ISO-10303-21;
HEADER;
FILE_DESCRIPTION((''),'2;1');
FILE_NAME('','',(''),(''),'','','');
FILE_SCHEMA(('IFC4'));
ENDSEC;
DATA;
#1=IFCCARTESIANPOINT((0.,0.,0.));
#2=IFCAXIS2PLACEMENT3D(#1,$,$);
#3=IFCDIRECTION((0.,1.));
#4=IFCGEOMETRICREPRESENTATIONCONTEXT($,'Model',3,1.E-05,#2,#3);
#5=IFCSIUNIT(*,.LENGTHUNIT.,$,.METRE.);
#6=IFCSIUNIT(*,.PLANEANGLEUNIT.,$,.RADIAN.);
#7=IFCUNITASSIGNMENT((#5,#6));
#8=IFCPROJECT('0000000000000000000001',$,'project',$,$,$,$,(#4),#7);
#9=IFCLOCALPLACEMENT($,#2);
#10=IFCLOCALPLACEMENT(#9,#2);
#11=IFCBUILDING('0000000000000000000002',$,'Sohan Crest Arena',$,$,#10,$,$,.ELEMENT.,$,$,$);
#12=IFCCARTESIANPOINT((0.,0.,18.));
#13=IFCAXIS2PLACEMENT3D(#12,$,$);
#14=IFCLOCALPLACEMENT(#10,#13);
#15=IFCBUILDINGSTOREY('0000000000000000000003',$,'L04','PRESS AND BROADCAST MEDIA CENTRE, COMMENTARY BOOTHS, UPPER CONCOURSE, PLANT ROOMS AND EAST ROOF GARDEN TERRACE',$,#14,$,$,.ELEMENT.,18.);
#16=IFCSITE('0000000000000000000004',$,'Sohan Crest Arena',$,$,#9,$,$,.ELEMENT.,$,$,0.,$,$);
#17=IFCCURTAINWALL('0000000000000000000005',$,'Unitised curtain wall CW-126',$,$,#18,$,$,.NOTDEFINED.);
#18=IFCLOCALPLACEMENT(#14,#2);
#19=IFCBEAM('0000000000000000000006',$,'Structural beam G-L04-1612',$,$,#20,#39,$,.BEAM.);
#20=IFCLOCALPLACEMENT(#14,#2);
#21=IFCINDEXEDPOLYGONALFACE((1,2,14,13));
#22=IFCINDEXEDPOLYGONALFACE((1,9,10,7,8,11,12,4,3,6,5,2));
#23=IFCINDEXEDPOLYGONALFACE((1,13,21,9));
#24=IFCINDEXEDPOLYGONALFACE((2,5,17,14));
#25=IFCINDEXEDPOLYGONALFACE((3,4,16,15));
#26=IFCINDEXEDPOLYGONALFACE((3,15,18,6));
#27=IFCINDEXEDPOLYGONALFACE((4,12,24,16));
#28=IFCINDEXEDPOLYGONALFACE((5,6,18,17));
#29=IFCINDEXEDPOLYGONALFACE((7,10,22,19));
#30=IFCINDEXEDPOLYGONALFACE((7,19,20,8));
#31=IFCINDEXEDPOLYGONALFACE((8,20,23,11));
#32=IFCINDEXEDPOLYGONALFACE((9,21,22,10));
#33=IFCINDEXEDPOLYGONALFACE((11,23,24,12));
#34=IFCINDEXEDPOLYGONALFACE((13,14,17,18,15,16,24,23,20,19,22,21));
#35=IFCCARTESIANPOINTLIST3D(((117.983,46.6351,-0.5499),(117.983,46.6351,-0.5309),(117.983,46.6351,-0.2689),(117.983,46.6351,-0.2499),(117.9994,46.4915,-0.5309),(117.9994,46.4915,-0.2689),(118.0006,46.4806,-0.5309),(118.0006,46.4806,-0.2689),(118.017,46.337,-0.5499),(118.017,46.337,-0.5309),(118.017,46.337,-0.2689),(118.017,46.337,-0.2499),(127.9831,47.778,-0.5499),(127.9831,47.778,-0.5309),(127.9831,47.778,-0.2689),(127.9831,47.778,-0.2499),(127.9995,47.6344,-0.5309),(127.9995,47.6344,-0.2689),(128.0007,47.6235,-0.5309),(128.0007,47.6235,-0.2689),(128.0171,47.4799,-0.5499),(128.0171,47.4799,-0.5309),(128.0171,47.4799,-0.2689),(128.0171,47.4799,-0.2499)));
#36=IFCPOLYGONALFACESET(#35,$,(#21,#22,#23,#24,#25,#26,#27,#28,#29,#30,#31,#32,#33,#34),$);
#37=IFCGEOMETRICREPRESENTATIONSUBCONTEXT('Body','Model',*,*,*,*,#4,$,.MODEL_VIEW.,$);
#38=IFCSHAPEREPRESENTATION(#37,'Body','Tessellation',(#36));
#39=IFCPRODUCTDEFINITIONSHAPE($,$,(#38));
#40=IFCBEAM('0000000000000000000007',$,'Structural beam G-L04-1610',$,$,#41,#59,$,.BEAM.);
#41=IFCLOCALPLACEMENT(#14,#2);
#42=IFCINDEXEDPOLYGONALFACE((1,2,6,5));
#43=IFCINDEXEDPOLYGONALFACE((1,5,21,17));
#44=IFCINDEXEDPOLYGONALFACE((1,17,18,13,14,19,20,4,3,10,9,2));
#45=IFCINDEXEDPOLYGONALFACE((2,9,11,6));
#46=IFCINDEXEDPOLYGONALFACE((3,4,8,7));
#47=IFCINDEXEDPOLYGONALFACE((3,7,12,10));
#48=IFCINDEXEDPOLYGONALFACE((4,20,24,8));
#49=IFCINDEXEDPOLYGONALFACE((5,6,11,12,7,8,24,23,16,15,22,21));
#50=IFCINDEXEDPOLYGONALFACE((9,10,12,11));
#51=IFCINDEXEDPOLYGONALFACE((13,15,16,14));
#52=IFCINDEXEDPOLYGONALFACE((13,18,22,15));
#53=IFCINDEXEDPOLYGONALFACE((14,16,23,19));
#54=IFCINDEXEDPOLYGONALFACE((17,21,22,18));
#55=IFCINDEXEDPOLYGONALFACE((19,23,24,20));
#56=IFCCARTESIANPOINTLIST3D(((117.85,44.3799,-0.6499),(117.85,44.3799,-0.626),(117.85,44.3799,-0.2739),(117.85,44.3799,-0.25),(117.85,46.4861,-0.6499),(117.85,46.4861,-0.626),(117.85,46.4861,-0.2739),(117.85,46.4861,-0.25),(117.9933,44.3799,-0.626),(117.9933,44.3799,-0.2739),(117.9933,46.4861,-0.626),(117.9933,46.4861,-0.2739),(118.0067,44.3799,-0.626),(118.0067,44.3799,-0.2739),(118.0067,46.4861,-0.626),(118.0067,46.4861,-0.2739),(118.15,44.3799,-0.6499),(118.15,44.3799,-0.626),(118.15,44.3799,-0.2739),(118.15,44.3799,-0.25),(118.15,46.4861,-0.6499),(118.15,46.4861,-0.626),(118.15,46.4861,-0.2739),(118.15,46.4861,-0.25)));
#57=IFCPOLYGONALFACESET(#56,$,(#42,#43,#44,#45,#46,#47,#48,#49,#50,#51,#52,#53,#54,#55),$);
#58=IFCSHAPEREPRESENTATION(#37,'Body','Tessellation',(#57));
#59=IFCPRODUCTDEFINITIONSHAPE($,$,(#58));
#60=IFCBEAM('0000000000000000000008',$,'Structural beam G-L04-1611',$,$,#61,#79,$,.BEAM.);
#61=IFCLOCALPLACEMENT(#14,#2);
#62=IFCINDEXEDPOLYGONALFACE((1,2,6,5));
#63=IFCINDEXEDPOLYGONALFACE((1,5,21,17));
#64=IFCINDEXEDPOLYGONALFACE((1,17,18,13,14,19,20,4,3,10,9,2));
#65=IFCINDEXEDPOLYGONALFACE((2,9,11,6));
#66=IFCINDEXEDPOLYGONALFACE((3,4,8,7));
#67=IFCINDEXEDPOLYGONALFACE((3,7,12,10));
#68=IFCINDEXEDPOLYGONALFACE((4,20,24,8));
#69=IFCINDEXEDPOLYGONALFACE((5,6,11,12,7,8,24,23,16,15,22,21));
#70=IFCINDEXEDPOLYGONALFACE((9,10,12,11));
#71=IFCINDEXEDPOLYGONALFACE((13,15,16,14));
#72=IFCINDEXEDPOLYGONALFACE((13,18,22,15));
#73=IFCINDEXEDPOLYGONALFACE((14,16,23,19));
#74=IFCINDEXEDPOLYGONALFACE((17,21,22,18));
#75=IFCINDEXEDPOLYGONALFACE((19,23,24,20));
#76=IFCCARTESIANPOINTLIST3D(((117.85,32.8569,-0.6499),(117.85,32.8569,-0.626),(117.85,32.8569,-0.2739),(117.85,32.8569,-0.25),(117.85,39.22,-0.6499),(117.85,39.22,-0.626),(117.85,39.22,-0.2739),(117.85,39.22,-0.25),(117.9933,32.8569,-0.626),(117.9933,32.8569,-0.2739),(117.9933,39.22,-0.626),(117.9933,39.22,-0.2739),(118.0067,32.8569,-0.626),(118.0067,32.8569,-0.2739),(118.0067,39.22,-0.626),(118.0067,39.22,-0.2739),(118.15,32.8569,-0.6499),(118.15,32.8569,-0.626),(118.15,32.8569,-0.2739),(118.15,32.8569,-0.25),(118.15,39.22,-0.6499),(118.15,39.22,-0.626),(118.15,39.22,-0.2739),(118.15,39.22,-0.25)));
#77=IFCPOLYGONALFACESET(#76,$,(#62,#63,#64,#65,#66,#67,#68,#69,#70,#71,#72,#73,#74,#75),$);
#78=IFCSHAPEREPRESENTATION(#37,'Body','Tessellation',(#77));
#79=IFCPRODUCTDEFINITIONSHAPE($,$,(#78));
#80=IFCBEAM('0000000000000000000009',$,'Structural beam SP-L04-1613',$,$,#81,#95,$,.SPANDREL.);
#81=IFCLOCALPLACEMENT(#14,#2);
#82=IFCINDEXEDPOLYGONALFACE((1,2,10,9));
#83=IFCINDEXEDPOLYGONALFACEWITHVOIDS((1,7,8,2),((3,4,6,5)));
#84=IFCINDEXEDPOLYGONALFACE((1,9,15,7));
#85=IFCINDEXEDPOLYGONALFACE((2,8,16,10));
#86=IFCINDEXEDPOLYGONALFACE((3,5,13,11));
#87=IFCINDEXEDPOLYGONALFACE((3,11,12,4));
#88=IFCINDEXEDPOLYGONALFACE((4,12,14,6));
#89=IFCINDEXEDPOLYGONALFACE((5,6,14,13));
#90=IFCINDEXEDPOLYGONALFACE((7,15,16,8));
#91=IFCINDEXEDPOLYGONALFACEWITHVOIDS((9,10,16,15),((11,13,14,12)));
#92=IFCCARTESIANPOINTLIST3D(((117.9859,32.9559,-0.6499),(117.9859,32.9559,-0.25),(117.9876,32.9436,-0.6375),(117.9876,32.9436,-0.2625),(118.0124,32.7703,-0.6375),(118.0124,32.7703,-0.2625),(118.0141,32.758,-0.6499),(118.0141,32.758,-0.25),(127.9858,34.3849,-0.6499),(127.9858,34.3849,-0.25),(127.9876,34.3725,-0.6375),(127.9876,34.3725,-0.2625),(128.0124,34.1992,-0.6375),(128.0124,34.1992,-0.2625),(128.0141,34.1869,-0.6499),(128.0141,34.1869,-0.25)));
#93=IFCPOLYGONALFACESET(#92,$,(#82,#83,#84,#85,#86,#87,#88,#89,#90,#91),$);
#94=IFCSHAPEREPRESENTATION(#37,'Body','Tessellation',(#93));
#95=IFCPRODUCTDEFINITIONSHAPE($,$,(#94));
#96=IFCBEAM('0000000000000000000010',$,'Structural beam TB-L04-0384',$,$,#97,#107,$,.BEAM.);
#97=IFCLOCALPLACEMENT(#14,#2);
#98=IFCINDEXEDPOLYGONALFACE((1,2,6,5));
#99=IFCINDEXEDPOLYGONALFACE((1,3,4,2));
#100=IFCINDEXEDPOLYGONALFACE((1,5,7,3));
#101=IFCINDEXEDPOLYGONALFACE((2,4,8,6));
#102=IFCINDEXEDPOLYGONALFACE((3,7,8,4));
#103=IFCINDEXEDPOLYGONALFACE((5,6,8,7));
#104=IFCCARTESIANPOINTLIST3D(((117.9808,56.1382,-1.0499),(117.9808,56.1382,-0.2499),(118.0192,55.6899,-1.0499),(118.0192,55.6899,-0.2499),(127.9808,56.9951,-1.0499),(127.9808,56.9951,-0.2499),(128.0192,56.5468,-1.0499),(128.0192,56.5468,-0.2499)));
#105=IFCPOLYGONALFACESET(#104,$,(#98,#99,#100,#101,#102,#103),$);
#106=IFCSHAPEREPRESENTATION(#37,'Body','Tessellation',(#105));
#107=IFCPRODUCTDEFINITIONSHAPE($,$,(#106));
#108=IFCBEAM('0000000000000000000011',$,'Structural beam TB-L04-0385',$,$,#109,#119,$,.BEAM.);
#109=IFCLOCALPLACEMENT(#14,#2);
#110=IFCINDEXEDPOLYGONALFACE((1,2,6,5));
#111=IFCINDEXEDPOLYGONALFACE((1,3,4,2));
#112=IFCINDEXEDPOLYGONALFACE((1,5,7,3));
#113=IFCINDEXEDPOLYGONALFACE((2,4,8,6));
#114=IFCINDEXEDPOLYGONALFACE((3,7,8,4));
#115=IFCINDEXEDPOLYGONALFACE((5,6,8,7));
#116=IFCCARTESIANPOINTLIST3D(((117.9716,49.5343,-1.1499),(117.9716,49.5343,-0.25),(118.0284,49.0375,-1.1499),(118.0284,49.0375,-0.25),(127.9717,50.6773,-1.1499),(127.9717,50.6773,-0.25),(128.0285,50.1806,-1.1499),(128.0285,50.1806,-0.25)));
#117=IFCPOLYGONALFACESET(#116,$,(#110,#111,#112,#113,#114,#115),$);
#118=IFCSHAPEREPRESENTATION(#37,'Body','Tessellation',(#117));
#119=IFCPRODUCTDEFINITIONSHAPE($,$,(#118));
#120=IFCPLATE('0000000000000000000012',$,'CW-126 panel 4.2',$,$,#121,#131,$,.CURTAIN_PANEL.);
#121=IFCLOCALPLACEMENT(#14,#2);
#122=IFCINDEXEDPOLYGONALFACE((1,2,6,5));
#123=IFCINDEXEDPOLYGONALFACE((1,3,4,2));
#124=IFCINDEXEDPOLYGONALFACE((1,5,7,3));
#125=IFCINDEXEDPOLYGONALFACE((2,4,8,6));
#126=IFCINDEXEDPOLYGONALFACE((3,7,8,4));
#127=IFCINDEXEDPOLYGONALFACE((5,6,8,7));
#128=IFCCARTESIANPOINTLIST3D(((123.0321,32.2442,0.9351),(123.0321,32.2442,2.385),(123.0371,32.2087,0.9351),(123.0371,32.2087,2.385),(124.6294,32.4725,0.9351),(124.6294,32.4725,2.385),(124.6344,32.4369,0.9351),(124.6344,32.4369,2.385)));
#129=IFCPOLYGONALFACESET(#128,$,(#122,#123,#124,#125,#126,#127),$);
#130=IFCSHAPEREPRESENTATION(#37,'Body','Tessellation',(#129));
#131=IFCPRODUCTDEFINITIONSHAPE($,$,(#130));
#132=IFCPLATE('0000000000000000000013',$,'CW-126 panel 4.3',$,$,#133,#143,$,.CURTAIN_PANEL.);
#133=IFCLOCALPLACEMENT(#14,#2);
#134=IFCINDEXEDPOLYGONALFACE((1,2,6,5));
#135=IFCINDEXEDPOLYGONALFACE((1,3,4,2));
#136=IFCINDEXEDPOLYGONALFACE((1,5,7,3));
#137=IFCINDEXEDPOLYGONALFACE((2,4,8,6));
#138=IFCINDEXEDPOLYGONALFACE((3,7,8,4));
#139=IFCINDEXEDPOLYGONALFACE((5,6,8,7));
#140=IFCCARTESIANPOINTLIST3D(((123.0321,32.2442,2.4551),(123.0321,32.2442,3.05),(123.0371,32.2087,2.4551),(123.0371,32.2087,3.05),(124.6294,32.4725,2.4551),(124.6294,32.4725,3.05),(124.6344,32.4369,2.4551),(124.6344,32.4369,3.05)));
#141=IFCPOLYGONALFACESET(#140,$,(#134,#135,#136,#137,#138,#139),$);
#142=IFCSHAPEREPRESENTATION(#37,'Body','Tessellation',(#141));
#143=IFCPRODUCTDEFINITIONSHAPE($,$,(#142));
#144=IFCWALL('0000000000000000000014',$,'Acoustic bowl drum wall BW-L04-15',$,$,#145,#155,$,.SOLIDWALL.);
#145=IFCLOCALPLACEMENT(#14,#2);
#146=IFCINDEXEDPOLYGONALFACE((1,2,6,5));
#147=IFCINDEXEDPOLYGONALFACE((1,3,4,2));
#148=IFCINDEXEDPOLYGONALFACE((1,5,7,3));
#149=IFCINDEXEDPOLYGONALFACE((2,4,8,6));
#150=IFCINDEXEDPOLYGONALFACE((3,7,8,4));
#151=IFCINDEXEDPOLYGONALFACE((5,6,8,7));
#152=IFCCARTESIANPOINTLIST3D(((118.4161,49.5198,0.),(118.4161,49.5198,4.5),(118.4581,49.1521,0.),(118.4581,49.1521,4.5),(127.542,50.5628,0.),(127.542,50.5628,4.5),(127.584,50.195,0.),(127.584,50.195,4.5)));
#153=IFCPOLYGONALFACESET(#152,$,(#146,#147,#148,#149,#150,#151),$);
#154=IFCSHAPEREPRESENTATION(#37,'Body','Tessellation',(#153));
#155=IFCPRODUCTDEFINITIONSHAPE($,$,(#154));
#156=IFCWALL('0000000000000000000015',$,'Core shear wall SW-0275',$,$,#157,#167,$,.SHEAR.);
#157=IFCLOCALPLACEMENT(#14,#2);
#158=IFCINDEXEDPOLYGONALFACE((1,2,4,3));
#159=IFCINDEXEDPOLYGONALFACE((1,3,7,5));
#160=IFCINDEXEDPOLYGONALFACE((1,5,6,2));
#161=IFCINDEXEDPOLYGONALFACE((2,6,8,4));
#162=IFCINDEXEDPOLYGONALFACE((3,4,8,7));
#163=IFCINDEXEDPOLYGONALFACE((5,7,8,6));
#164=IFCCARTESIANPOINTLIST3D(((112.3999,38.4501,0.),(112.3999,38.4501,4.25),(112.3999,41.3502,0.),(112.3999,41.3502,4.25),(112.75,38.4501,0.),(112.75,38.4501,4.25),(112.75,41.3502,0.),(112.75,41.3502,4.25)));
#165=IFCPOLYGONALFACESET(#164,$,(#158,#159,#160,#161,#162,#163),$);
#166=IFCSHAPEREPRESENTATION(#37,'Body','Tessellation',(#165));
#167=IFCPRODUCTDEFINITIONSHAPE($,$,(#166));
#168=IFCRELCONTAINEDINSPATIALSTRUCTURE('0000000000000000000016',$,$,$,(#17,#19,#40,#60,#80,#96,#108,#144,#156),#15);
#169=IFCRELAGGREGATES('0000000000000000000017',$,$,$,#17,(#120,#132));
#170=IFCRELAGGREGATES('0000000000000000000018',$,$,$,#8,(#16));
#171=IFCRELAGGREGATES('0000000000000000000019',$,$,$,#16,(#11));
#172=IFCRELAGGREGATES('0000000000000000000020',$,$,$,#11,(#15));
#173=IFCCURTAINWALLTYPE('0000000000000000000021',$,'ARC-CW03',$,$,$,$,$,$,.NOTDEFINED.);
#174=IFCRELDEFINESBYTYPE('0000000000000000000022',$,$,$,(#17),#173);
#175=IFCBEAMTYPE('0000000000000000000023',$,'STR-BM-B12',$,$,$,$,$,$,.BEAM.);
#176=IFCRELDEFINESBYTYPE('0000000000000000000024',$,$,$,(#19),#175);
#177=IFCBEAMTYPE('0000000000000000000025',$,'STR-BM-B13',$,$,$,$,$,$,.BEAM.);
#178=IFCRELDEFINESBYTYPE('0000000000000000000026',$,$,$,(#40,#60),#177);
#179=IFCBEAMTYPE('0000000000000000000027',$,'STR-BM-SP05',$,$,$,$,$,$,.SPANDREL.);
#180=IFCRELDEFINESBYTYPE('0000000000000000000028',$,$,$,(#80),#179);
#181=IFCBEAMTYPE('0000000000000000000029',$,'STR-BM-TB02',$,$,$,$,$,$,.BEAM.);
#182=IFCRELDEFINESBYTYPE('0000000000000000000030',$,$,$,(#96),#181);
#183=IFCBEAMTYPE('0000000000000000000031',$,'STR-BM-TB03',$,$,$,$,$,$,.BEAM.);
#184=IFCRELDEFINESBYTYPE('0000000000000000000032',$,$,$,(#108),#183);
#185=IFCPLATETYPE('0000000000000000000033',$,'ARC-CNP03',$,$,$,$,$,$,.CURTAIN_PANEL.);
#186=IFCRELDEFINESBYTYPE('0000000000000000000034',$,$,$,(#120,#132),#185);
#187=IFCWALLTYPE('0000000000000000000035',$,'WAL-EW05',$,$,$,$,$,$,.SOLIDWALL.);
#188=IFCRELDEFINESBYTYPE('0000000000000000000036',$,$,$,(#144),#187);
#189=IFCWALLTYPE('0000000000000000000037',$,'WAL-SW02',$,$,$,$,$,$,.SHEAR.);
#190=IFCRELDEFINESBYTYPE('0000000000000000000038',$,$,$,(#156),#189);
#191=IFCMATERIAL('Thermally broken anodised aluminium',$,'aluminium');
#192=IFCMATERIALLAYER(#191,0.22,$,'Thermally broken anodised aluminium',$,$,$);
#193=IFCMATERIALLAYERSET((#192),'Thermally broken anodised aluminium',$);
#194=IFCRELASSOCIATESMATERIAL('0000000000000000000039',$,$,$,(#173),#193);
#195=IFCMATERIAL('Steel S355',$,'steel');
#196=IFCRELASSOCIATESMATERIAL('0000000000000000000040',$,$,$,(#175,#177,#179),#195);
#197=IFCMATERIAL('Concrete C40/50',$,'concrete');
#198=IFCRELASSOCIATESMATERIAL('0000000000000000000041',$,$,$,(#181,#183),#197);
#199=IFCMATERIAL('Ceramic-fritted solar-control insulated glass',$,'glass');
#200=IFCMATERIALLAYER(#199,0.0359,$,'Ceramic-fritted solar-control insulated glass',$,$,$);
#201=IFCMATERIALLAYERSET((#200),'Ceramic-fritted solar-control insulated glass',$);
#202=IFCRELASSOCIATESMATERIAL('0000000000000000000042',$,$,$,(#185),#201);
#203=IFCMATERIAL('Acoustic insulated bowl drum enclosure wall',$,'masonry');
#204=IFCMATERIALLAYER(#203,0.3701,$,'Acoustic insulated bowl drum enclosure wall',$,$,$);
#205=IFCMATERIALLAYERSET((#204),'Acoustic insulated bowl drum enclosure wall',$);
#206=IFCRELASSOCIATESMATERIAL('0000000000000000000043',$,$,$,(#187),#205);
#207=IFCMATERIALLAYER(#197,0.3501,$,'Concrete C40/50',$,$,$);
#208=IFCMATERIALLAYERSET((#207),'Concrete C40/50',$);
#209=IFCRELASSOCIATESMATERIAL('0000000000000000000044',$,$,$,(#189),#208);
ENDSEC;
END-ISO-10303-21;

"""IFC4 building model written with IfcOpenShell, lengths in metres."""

from ifc_helpers import new_model, si_unit, direction, frame, frame_2d, origin, origin_2d, place, context, subcontext, project, spatial, rectangle, hollow_rectangle, i_section, extrude, material, layer, layer_set, material_profile, profile_set, type_object, element, aggregate, save


model = new_model("IFC4")

# Units and contexts
model_context = context("Model", 3, precision=1e-05, world=origin(), true_north=direction((0.0, 1.0)))
body_context = subcontext(model_context, "Body", "Model", "MODEL_VIEW")
ifc_project = project(units=[si_unit("LENGTHUNIT", "METRE"), si_unit("PLANEANGLEUNIT", "RADIAN")], contexts=[model_context])

# Site, building, storey
site_placement = place(None, origin())
site = spatial("IfcSite", under=ifc_project, at=site_placement, Name="Sohan Crest Arena", CompositionType="ELEMENT", RefElevation=0.0)
building_placement = place(site_placement, origin())
building = spatial("IfcBuilding", under=site, at=building_placement, Name="Sohan Crest Arena", CompositionType="ELEMENT")
storey_placement = place(building_placement, frame((0.0, 0.0, 18.0)))
storey = spatial("IfcBuildingStorey", under=building, at=storey_placement, Name="L04", Description="PRESS AND BROADCAST MEDIA CENTRE, COMMENTARY BOOTHS, UPPER CONCOURSE, PLANT ROOMS AND EAST ROOF GARDEN TERRACE", CompositionType="ELEMENT", Elevation=18.0)

# Shared definitions
ifc_material_1 = material(Name="Concrete C40/50", Category="concrete")
ifc_material_2 = material(Name="Steel S355", Category="steel")

# Curtain wall
ifc_material_3 = material(Name="Thermally broken anodised aluminium", Category="aluminium")
ifc_layer_1 = layer(ifc_material_3, 0.22, Name="Thermally broken anodised aluminium")
ifc_layer_set_1 = layer_set([ifc_layer_1], Name="Thermally broken anodised aluminium")
curtain_wall_type = type_object("IfcCurtainWallType", Name="ARC-CW03", PredefinedType="NOTDEFINED", material=ifc_layer_set_1)
curtain_wall_placement = place(storey_placement, origin())
curtain_wall = element("IfcCurtainWall", 1, at=curtain_wall_placement, inside=storey, type_object=curtain_wall_type, Name="Unitised curtain wall CW-126", PredefinedType="NOTDEFINED")

# Beams
ifc_material_profile_1 = material_profile(ifc_material_2, i_section(OverallWidth=0.3, OverallDepth=0.3, WebThickness=0.011, FlangeThickness=0.019, at=origin_2d()), Name="HEB 300")
ifc_profile_set_1 = profile_set([ifc_material_profile_1], Name="Steel S355")
beam_type_1 = type_object("IfcBeamType", Name="STR-BM-B12", PredefinedType="BEAM", material=ifc_profile_set_1)
beam_1_placement = place(storey_placement, frame((118.0, 46.4861, -0.3999), z_axis=(0.993533, 0.113543, 0.0), x_axis=(-0.113543, 0.993533, 0.0)))
element("IfcBeam", 2, at=beam_1_placement, inside=storey, type_object=beam_type_1, Name="Structural beam G-L04-1612", PredefinedType="BEAM", context=body_context, shape_type="SweptSolid", body=[
    extrude(i_section(OverallWidth=0.3, OverallDepth=0.3, WebThickness=0.011, FlangeThickness=0.019, at=origin_2d()), origin(), (0.0, 0.0, 1.0), 10.0652),
])
ifc_material_profile_2 = material_profile(ifc_material_2, i_section(OverallWidth=0.3, OverallDepth=0.3999, WebThickness=0.0134, FlangeThickness=0.0239, at=origin_2d()), Name="HEB 400")
ifc_profile_set_2 = profile_set([ifc_material_profile_2], Name="Steel S355")
beam_type_2 = type_object("IfcBeamType", Name="STR-BM-B13", PredefinedType="BEAM", material=ifc_profile_set_2)
beam_2_placement = place(storey_placement, frame((118.0, 46.4861, -0.45), z_axis=(0.0, -1.0, 0.0), x_axis=(1.0, 0.0, 0.0)))
element("IfcBeam", 3, at=beam_2_placement, inside=storey, type_object=beam_type_2, Name="Structural beam G-L04-1610", PredefinedType="BEAM", context=body_context, shape_type="SweptSolid", body=[
    extrude(i_section(OverallWidth=0.3, OverallDepth=0.3999, WebThickness=0.0134, FlangeThickness=0.0239, at=origin_2d()), origin(), (0.0, 0.0, 1.0), 2.1062),
])
beam_3_placement = place(storey_placement, frame((118.0, 39.22, -0.45), z_axis=(0.0, -1.0, 0.0), x_axis=(1.0, 0.0, 0.0)))
element("IfcBeam", 4, at=beam_3_placement, inside=storey, type_object=beam_type_2, Name="Structural beam G-L04-1611", PredefinedType="BEAM", context=body_context, shape_type="SweptSolid", body=[
    extrude(i_section(OverallWidth=0.3, OverallDepth=0.3999, WebThickness=0.0134, FlangeThickness=0.0239, at=origin_2d()), origin(), (0.0, 0.0, 1.0), 6.363),
])
ifc_material_profile_3 = material_profile(ifc_material_2, hollow_rectangle(XDim=0.2, YDim=0.3999, WallThickness=0.0125, at=origin_2d()), Name="RHS 400x200x12.5")
ifc_profile_set_3 = profile_set([ifc_material_profile_3], Name="Steel S355")
beam_type_3 = type_object("IfcBeamType", Name="STR-BM-SP05", PredefinedType="SPANDREL", material=ifc_profile_set_3)
beam_4_placement = place(storey_placement, frame((118.0, 32.8569, -0.45), z_axis=(0.989944, 0.141459, 0.0), x_axis=(-0.141459, 0.989944, 0.0)))
element("IfcBeam", 5, at=beam_4_placement, inside=storey, type_object=beam_type_3, Name="Structural beam SP-L04-1613", PredefinedType="SPANDREL", context=body_context, shape_type="SweptSolid", body=[
    extrude(hollow_rectangle(XDim=0.2, YDim=0.3999, WallThickness=0.0125, at=origin_2d()), origin(), (0.0, 0.0, 1.0), 10.1016),
])
ifc_material_profile_4 = material_profile(ifc_material_1, rectangle(XDim=0.45, YDim=0.8, at=origin_2d()), Name="RC-BM 450x800")
ifc_profile_set_4 = profile_set([ifc_material_profile_4], Name="Concrete C40/50")
beam_type_4 = type_object("IfcBeamType", Name="STR-BM-TB02", PredefinedType="BEAM", material=ifc_profile_set_4)
beam_5_placement = place(storey_placement, frame((118.0, 55.9141, -0.6499), z_axis=(0.996348, 0.08538, 0.0), x_axis=(-0.08538, 0.996348, 0.0)))
element("IfcBeam", 6, at=beam_5_placement, inside=storey, type_object=beam_type_4, Name="Structural beam TB-L04-0384", PredefinedType="BEAM", context=body_context, shape_type="SweptSolid", body=[
    extrude(rectangle(XDim=0.45, YDim=0.8, at=origin_2d()), origin(), (0.0, 0.0, 1.0), 10.0366),
])
ifc_material_profile_5 = material_profile(ifc_material_1, rectangle(XDim=0.5, YDim=0.8999, at=origin_2d()), Name="RC-BM 500x900")
ifc_profile_set_5 = profile_set([ifc_material_profile_5], Name="Concrete C40/50")
beam_type_5 = type_object("IfcBeamType", Name="STR-BM-TB03", PredefinedType="BEAM", material=ifc_profile_set_5)
beam_6_placement = place(storey_placement, frame((118.0, 49.2859, -0.7), z_axis=(0.99353, 0.113567, 0.0), x_axis=(-0.113567, 0.99353, 0.0)))
element("IfcBeam", 7, at=beam_6_placement, inside=storey, type_object=beam_type_5, Name="Structural beam TB-L04-0385", PredefinedType="BEAM", context=body_context, shape_type="SweptSolid", body=[
    extrude(rectangle(XDim=0.5, YDim=0.8999, at=origin_2d()), origin(), (0.0, 0.0, 1.0), 10.0652),
])

# Plates
ifc_material_4 = material(Name="Ceramic-fritted solar-control insulated glass", Category="glass")
ifc_layer_2 = layer(ifc_material_4, 0.0359, Name="Ceramic-fritted solar-control insulated glass")
ifc_layer_set_2 = layer_set([ifc_layer_2], Name="Ceramic-fritted solar-control insulated glass")
plate_type = type_object("IfcPlateType", Name="ARC-CNP03", PredefinedType="CURTAIN_PANEL", material=ifc_layer_set_2)
plate_1_placement = place(storey_placement, frame((123.8333, 32.3406, 0.9351), z_axis=(0.0, 0.0, 1.0), x_axis=(0.989944, 0.141463, 0.0)))
plate_1 = element("IfcPlate", 8, at=plate_1_placement, type_object=plate_type, Name="CW-126 panel 4.2", PredefinedType="CURTAIN_PANEL", context=body_context, shape_type="SweptSolid", body=[
    extrude(rectangle(XDim=1.6135, YDim=0.0359, at=origin_2d()), origin(), (0.0, 0.0, 1.0), 1.45),
])
plate_2_placement = place(storey_placement, frame((123.8333, 32.3406, 2.4551), z_axis=(0.0, 0.0, 1.0), x_axis=(0.989944, 0.141463, 0.0)))
plate_2 = element("IfcPlate", 9, at=plate_2_placement, type_object=plate_type, Name="CW-126 panel 4.3", PredefinedType="CURTAIN_PANEL", context=body_context, shape_type="SweptSolid", body=[
    extrude(rectangle(XDim=1.6135, YDim=0.0359, at=origin_2d()), origin(), (0.0, 0.0, 1.0), 0.595),
])
aggregate(curtain_wall, [plate_1, plate_2])

# Walls
ifc_material_5 = material(Name="Acoustic insulated bowl drum enclosure wall", Category="masonry")
ifc_layer_3 = layer(ifc_material_5, 0.3701, Name="Acoustic insulated bowl drum enclosure wall")
ifc_layer_set_3 = layer_set([ifc_layer_3], Name="Acoustic insulated bowl drum enclosure wall")
wall_type_1 = type_object("IfcWallType", Name="WAL-EW05", PredefinedType="SOLIDWALL", material=ifc_layer_set_3)
wall_1_placement = place(storey_placement, frame((118.437, 49.3359, 0.0), z_axis=(0.0, 0.0, 1.0), x_axis=(0.993533, 0.113547, 0.0)))
element("IfcWall", 10, at=wall_1_placement, inside=storey, type_object=wall_type_1, Name="Acoustic bowl drum wall BW-L04-15", PredefinedType="SOLIDWALL", context=body_context, shape_type="SweptSolid", body=[
    extrude(rectangle(XDim=9.1853, YDim=0.3701, at=frame_2d((4.5928, 0.0))), origin(), (0.0, 0.0, 1.0), 4.5),
])
ifc_layer_4 = layer(ifc_material_1, 0.3501, Name="Concrete C40/50")
ifc_layer_set_4 = layer_set([ifc_layer_4], Name="Concrete C40/50")
wall_type_2 = type_object("IfcWallType", Name="WAL-SW02", PredefinedType="SHEAR", material=ifc_layer_set_4)
wall_2_placement = place(storey_placement, frame((112.575, 38.45, 0.0), z_axis=(0.0, 0.0, 1.0), x_axis=(0.0, 1.0, 0.0)))
element("IfcWall", 11, at=wall_2_placement, inside=storey, type_object=wall_type_2, Name="Core shear wall SW-0275", PredefinedType="SHEAR", context=body_context, shape_type="SweptSolid", body=[
    extrude(rectangle(XDim=2.9001, YDim=0.3501, at=frame_2d((1.4502, 0.0))), origin(), (0.0, 0.0, 1.0), 4.25),
])

save(model, "model.ifc")
